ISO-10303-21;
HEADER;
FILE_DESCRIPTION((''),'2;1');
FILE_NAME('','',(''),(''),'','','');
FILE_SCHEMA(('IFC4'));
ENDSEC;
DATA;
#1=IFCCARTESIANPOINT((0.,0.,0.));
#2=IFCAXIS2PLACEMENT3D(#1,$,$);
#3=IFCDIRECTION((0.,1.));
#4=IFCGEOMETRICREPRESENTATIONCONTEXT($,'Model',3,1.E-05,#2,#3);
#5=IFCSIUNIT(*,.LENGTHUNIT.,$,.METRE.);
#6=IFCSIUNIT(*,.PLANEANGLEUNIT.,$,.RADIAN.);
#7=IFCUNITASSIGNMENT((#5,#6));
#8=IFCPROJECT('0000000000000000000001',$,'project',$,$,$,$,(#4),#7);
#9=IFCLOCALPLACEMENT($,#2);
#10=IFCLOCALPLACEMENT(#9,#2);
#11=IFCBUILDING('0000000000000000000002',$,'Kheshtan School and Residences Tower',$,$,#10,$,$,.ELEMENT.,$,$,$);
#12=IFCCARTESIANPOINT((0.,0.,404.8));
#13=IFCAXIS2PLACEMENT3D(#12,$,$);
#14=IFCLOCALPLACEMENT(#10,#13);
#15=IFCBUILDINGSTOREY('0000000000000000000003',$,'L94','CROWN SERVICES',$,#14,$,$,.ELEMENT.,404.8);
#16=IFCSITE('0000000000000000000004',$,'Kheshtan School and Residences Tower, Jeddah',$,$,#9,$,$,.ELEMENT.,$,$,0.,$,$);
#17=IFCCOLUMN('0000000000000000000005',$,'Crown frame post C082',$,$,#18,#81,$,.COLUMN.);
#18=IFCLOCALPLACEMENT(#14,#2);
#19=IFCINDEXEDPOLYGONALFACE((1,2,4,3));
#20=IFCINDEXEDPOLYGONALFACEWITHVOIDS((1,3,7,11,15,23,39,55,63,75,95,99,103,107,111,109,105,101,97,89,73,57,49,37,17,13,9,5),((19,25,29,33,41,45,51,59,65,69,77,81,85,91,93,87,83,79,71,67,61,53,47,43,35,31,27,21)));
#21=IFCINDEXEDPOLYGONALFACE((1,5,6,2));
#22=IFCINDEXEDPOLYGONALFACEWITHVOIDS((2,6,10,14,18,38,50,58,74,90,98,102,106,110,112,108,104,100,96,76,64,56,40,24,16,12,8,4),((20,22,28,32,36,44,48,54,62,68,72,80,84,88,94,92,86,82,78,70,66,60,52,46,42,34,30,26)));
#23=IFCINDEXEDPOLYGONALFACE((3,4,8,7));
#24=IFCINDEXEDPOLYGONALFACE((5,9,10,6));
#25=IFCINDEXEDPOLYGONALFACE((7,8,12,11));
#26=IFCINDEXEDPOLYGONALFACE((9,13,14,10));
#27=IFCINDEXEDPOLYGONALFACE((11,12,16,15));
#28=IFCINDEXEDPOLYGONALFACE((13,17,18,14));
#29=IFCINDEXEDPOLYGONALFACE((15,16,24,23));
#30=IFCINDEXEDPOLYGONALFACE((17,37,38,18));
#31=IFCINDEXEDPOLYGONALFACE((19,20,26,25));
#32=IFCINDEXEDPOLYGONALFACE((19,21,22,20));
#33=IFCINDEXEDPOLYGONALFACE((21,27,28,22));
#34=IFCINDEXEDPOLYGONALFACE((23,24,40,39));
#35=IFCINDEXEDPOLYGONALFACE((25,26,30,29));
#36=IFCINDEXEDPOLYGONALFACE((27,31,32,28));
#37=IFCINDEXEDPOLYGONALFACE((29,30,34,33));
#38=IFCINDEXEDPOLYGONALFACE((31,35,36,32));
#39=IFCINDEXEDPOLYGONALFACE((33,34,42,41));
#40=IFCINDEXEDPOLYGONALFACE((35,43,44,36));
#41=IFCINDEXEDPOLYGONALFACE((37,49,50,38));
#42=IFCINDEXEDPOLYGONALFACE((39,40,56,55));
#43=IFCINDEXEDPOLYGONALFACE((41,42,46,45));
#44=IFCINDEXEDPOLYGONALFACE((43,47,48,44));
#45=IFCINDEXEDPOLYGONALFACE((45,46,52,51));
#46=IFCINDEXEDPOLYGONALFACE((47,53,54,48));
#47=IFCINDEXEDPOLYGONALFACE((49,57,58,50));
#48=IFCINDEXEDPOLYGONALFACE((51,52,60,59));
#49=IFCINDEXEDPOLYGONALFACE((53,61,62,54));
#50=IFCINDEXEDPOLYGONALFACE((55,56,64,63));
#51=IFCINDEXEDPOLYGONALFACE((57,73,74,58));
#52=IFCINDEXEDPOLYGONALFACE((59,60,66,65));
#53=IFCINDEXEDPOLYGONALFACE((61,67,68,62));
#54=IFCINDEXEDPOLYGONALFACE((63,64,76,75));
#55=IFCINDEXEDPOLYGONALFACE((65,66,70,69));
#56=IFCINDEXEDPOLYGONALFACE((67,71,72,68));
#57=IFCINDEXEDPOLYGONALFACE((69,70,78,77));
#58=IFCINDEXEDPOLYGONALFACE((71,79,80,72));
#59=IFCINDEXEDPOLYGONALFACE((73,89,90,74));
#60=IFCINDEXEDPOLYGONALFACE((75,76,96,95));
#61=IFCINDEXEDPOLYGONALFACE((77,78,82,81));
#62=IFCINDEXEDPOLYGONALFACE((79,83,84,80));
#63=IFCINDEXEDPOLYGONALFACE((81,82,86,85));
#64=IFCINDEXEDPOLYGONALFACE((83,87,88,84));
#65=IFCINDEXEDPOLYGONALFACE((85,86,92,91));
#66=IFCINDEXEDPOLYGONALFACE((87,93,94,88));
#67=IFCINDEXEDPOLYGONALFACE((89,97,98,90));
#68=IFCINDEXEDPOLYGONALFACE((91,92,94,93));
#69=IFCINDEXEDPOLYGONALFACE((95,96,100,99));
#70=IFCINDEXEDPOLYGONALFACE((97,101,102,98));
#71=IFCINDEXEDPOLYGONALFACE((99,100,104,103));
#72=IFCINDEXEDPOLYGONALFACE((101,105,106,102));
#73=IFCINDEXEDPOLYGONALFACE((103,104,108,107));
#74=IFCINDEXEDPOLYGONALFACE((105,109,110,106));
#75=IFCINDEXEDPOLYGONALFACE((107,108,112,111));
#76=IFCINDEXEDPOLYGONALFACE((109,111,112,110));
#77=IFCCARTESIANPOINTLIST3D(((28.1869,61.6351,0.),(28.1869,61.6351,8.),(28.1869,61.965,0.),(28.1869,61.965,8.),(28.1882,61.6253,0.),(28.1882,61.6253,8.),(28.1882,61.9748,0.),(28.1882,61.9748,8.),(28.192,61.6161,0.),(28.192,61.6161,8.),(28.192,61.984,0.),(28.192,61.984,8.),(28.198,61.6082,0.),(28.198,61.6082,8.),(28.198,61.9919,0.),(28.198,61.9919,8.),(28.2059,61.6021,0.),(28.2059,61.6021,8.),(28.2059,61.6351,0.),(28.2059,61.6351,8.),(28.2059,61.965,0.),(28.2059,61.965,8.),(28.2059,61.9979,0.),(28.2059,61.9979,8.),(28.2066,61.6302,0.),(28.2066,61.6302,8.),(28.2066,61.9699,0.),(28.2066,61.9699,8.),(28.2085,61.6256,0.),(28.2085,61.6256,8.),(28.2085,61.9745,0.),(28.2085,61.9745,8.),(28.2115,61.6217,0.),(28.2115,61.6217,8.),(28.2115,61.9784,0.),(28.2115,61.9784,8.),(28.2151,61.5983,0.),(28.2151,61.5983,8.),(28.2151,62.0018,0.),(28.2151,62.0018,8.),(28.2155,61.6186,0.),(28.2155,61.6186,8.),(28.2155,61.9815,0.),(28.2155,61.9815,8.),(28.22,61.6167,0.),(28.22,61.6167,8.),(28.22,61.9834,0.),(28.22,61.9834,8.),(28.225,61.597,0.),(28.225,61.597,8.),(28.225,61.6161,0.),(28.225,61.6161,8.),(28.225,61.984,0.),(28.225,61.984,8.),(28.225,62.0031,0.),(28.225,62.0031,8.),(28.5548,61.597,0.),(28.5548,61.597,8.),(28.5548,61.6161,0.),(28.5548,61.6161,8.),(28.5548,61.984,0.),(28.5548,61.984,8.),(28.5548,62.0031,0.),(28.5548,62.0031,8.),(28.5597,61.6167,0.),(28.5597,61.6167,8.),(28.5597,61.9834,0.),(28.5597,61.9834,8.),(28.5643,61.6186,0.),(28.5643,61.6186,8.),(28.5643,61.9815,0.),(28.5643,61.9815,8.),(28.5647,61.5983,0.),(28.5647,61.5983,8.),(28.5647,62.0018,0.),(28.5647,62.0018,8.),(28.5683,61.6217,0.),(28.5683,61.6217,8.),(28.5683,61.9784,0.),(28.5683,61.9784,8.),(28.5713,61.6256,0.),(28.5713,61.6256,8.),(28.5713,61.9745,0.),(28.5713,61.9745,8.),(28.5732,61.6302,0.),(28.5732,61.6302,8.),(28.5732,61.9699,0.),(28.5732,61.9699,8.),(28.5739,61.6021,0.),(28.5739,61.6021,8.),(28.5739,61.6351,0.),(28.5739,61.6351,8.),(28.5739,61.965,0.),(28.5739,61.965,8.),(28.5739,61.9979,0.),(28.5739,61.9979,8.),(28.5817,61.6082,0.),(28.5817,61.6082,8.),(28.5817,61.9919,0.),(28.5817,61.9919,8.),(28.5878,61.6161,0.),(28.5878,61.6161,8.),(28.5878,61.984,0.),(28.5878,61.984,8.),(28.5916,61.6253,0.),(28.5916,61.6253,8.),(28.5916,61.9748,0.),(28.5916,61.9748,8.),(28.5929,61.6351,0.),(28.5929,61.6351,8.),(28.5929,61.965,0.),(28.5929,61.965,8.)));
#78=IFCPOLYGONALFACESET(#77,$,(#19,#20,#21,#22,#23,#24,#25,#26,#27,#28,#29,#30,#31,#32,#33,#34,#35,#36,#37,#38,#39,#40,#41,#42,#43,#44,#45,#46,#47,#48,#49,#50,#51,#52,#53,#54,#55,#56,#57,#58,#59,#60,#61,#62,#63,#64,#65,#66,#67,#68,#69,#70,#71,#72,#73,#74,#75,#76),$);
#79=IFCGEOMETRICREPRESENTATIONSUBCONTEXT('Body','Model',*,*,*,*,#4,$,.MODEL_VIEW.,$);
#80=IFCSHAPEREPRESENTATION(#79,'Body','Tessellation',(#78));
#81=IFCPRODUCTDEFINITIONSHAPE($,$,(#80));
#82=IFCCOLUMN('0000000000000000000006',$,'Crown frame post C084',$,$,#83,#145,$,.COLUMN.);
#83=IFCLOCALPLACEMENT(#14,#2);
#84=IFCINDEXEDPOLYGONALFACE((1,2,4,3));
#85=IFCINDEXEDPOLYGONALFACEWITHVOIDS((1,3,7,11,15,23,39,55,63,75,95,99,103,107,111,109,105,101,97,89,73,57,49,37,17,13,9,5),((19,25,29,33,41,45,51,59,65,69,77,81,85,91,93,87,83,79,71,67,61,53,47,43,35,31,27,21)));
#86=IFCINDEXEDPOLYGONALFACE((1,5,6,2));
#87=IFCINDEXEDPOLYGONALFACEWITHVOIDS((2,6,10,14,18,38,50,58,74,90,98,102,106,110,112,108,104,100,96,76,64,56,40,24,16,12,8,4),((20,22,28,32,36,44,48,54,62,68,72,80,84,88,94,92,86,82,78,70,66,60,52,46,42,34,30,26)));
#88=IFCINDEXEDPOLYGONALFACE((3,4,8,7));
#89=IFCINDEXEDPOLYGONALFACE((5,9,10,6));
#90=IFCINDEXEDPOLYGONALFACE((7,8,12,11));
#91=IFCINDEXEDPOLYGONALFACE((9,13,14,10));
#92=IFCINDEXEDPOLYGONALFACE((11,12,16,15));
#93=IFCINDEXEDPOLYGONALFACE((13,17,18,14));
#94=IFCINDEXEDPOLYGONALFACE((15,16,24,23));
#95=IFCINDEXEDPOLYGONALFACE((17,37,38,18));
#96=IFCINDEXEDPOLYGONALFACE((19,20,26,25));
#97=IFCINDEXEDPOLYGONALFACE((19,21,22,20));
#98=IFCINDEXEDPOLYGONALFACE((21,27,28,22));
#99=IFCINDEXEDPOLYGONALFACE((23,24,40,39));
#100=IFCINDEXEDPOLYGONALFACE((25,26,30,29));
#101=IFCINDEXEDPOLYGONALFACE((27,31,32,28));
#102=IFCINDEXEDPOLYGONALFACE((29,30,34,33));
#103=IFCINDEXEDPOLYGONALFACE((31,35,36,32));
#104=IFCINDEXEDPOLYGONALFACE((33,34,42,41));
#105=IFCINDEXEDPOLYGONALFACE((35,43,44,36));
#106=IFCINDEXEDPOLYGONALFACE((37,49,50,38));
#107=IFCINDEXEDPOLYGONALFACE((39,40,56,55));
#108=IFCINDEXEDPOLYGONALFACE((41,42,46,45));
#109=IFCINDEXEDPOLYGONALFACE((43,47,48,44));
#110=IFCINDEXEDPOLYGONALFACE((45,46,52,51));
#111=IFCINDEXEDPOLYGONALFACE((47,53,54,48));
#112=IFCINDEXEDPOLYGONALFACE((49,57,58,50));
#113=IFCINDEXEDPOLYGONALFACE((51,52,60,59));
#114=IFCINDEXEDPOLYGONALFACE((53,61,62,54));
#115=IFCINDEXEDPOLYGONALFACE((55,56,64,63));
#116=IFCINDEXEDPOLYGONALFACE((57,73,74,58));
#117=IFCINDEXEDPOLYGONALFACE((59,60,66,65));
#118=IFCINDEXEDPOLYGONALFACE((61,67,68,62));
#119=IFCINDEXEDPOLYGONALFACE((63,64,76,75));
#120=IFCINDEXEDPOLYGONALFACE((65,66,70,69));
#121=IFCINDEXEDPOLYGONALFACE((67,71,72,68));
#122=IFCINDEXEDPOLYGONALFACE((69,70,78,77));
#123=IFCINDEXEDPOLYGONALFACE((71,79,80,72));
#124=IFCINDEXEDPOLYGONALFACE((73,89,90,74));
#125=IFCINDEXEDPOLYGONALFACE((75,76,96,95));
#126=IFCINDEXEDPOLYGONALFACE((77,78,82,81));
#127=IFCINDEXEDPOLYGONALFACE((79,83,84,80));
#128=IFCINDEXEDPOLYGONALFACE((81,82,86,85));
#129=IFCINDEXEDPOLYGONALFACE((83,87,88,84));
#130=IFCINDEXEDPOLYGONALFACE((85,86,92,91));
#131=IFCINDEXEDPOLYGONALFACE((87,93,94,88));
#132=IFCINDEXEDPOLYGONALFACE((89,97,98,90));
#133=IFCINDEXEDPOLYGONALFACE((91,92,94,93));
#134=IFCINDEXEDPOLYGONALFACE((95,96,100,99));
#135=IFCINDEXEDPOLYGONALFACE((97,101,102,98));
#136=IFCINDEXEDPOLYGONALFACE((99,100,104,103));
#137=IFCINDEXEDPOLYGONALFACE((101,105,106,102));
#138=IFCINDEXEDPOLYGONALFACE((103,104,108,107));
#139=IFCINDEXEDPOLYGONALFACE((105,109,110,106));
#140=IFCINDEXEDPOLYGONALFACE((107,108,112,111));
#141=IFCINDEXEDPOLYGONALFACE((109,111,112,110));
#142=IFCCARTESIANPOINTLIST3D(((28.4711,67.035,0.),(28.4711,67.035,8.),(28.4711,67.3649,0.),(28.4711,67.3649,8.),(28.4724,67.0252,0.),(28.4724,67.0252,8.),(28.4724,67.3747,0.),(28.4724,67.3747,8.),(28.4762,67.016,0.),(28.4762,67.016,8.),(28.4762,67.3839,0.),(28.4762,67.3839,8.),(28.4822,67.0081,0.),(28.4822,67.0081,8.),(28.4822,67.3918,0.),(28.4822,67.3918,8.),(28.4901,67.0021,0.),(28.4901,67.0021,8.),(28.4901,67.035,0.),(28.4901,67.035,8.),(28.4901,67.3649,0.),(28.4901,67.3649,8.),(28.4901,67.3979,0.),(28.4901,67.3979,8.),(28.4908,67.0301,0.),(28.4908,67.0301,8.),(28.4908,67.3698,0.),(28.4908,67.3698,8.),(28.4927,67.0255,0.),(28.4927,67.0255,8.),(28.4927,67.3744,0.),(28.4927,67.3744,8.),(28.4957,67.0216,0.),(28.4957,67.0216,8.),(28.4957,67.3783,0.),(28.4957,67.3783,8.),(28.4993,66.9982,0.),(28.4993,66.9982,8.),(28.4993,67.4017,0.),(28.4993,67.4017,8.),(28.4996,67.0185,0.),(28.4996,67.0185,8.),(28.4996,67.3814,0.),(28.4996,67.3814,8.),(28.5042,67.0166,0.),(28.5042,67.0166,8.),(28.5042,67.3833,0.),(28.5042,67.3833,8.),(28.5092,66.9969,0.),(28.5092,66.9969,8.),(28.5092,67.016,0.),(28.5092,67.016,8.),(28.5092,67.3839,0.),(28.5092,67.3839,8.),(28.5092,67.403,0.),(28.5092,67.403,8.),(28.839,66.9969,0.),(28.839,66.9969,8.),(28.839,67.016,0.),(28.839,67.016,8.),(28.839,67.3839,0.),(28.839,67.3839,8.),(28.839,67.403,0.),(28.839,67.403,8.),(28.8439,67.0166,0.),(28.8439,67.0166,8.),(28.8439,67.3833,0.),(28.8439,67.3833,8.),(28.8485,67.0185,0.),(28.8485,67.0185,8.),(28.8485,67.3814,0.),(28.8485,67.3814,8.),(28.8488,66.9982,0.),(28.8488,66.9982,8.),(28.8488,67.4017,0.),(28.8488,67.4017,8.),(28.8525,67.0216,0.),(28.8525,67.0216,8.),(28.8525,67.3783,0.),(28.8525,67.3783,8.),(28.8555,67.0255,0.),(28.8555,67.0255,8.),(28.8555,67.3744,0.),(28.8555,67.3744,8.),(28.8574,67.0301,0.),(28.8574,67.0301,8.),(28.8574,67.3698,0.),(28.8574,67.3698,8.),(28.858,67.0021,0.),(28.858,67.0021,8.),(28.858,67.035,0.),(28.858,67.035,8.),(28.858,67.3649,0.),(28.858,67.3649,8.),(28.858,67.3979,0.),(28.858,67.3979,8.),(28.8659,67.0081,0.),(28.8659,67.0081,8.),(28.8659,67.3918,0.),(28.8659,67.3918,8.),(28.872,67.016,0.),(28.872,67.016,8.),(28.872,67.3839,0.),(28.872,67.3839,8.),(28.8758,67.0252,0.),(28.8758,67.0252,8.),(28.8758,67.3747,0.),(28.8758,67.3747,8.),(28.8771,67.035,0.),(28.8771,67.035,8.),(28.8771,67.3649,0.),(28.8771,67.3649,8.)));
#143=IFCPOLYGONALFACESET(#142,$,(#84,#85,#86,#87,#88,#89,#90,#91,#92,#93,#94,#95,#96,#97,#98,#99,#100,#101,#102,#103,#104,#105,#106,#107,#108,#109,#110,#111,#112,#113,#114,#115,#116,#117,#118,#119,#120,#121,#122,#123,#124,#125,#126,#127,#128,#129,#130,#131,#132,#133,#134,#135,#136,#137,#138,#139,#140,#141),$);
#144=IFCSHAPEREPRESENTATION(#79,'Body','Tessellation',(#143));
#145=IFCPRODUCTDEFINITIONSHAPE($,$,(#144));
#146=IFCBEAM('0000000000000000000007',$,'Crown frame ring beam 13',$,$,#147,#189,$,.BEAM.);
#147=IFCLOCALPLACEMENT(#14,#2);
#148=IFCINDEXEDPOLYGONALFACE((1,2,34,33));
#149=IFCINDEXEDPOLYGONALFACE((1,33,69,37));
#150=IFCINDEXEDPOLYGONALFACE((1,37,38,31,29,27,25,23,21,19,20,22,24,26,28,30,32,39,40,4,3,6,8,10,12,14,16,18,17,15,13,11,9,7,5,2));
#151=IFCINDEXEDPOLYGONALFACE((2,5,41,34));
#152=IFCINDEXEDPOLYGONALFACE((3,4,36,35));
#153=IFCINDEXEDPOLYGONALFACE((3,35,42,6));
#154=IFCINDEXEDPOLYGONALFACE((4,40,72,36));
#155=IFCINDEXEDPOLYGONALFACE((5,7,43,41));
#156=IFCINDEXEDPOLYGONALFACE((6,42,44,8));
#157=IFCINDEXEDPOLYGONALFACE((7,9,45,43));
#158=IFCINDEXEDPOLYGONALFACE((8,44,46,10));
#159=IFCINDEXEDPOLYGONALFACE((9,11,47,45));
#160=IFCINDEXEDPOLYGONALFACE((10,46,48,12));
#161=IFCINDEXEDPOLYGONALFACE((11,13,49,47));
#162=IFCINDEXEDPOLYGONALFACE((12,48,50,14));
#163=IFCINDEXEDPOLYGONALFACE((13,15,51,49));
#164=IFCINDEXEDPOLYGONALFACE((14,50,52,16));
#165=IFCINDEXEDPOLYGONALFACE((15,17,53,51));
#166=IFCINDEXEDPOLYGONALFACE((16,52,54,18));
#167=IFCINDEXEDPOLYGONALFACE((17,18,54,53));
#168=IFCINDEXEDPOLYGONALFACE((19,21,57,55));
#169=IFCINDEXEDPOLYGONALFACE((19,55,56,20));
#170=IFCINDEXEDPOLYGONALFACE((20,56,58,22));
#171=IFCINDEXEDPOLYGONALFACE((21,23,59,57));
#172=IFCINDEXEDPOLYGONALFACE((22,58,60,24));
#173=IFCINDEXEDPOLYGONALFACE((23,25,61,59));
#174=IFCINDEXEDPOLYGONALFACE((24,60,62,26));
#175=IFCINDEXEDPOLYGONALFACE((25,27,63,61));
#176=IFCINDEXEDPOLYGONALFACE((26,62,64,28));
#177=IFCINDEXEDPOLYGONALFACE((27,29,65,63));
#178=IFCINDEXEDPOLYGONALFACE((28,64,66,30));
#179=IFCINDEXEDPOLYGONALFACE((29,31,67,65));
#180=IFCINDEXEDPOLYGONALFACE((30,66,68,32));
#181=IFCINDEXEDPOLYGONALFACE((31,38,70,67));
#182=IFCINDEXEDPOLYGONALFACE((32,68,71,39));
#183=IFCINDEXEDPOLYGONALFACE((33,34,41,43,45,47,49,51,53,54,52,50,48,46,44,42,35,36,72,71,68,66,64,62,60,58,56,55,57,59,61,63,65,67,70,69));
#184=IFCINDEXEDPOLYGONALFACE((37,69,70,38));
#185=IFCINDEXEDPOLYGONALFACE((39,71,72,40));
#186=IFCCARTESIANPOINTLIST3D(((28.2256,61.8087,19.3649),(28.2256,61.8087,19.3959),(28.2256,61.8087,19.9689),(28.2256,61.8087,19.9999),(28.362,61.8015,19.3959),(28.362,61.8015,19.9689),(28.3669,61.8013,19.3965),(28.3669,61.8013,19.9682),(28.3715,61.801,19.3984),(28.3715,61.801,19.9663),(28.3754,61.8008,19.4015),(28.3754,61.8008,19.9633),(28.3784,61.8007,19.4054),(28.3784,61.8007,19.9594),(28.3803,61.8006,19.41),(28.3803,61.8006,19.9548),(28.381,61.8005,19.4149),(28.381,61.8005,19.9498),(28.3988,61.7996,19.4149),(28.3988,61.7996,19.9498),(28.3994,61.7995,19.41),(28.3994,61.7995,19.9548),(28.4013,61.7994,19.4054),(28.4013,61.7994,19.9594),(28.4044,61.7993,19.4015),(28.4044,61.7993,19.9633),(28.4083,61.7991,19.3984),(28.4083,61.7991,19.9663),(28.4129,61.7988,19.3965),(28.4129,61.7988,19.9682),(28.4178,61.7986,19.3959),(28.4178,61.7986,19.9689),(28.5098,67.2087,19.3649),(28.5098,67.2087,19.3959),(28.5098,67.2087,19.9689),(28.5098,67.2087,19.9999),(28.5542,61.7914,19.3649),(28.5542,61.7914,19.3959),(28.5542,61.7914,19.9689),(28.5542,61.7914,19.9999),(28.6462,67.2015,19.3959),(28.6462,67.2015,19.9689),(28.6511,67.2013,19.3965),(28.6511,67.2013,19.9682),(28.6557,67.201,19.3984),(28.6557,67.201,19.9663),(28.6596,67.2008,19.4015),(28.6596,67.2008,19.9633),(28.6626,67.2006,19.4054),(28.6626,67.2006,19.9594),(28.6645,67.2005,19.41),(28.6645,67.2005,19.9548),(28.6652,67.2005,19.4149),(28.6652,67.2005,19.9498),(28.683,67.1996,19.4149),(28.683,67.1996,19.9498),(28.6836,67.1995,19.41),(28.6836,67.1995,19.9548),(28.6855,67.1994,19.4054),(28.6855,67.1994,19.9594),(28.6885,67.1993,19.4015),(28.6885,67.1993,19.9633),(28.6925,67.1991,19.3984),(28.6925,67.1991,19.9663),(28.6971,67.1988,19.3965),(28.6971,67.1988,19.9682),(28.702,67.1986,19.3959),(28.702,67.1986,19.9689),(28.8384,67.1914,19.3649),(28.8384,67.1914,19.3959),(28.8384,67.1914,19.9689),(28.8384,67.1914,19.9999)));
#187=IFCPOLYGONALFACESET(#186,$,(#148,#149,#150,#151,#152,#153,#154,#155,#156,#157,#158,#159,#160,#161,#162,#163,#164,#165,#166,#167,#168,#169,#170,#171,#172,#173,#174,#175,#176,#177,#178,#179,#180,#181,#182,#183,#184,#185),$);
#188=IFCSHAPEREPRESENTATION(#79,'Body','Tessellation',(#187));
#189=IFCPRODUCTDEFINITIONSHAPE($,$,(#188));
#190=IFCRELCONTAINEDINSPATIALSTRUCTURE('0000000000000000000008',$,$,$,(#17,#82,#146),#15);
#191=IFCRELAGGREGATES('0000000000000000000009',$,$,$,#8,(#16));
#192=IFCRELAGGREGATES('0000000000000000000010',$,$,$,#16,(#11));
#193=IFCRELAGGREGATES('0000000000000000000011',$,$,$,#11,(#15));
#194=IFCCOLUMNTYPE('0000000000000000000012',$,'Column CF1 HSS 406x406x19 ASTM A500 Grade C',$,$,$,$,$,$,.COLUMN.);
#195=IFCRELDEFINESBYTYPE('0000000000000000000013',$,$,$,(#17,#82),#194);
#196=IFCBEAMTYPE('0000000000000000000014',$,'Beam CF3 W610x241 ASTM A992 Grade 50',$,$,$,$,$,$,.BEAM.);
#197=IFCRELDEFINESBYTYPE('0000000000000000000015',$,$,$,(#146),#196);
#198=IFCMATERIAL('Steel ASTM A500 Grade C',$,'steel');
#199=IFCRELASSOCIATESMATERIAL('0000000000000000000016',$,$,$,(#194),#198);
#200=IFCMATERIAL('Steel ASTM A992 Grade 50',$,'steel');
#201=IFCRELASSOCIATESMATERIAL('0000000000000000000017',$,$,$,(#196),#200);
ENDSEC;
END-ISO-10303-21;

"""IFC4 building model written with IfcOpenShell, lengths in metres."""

from ifc_helpers import new_model, si_unit, direction, frame, origin, origin_2d, place, context, subcontext, project, spatial, hollow_rectangle, i_section, extrude, material, material_profile, profile_set, type_object, element, save


model = new_model("IFC4")

# Units and contexts
model_context = context("Model", 3, precision=1e-05, world=origin(), true_north=direction((0.0, 1.0)))
body_context = subcontext(model_context, "Body", "Model", "MODEL_VIEW")
ifc_project = project(units=[si_unit("LENGTHUNIT", "METRE"), si_unit("PLANEANGLEUNIT", "RADIAN")], contexts=[model_context])

# Site, building, storey
site_placement = place(None, origin())
site = spatial("IfcSite", under=ifc_project, at=site_placement, Name="Kheshtan School and Residences Tower, Jeddah", CompositionType="ELEMENT", RefElevation=0.0)
building_placement = place(site_placement, origin())
building = spatial("IfcBuilding", under=site, at=building_placement, Name="Kheshtan School and Residences Tower", CompositionType="ELEMENT")
storey_placement = place(building_placement, frame((0.0, 0.0, 404.8)))
storey = spatial("IfcBuildingStorey", under=building, at=storey_placement, Name="L94", Description="CROWN SERVICES", CompositionType="ELEMENT", Elevation=404.8)

# Columns
ifc_material_1 = material(Name="Steel ASTM A500 Grade C", Category="steel")
ifc_material_profile_1 = material_profile(ifc_material_1, hollow_rectangle(XDim=0.406, YDim=0.406, WallThickness=0.019, InnerFilletRadius=0.019, OuterFilletRadius=0.0381, at=origin_2d()), Name="HSS 406x406x19")
ifc_profile_set_1 = profile_set([ifc_material_profile_1], Name="Steel ASTM A500 Grade C")
column_type = type_object("IfcColumnType", Name="Column CF1 HSS 406x406x19 ASTM A500 Grade C", PredefinedType="COLUMN", material=ifc_profile_set_1)
for number, where, z_axis, x_axis, name in (
    (1, (28.3899, 61.8, 0.0), (0.0, 0.0, 1.0), (1.0, 0.0, 0.0), "Crown frame post C082"),
    (2, (28.6741, 67.2, 0.0), (0.0, 0.0, 1.0), (1.0, 0.0, 0.0), "Crown frame post C084"),
):
    element("IfcColumn", number, at=place(storey_placement, frame(where, z_axis=z_axis, x_axis=x_axis)), inside=storey, type_object=column_type, Name=name, PredefinedType="COLUMN", context=body_context, shape_type="SweptSolid", body=[
        extrude(hollow_rectangle(XDim=0.406, YDim=0.406, WallThickness=0.019, InnerFilletRadius=0.019, OuterFilletRadius=0.0381, at=origin_2d()), origin(), (0.0, 0.0, 1.0), 8.0),
    ])

# Beam
ifc_material_2 = material(Name="Steel ASTM A992 Grade 50", Category="steel")
ifc_material_profile_2 = material_profile(ifc_material_2, i_section(OverallWidth=0.3291, OverallDepth=0.635, WebThickness=0.0178, FlangeThickness=0.031, FilletRadius=0.019, at=origin_2d()), Name="W610x241")
ifc_profile_set_2 = profile_set([ifc_material_profile_2], Name="Steel ASTM A992 Grade 50")
beam_type_1 = type_object("IfcBeamType", Name="Beam CF3 W610x241 ASTM A992 Grade 50", PredefinedType="BEAM", material=ifc_profile_set_2)
beam_1_placement = place(storey_placement, frame((28.3899, 61.8, 19.6824), z_axis=(0.052554, 0.998618, 0.0), x_axis=(-0.998618, 0.052554, 0.0)))
element("IfcBeam", 3, at=beam_1_placement, inside=storey, type_object=beam_type_1, Name="Crown frame ring beam 13", PredefinedType="BEAM", context=body_context, shape_type="SweptSolid", body=[
    extrude(i_section(OverallWidth=0.3291, OverallDepth=0.635, WebThickness=0.0178, FlangeThickness=0.031, FilletRadius=0.019, at=origin_2d()), origin(), (0.0, 0.0, 1.0), 5.4075),
])

save(model, "model.ifc")
